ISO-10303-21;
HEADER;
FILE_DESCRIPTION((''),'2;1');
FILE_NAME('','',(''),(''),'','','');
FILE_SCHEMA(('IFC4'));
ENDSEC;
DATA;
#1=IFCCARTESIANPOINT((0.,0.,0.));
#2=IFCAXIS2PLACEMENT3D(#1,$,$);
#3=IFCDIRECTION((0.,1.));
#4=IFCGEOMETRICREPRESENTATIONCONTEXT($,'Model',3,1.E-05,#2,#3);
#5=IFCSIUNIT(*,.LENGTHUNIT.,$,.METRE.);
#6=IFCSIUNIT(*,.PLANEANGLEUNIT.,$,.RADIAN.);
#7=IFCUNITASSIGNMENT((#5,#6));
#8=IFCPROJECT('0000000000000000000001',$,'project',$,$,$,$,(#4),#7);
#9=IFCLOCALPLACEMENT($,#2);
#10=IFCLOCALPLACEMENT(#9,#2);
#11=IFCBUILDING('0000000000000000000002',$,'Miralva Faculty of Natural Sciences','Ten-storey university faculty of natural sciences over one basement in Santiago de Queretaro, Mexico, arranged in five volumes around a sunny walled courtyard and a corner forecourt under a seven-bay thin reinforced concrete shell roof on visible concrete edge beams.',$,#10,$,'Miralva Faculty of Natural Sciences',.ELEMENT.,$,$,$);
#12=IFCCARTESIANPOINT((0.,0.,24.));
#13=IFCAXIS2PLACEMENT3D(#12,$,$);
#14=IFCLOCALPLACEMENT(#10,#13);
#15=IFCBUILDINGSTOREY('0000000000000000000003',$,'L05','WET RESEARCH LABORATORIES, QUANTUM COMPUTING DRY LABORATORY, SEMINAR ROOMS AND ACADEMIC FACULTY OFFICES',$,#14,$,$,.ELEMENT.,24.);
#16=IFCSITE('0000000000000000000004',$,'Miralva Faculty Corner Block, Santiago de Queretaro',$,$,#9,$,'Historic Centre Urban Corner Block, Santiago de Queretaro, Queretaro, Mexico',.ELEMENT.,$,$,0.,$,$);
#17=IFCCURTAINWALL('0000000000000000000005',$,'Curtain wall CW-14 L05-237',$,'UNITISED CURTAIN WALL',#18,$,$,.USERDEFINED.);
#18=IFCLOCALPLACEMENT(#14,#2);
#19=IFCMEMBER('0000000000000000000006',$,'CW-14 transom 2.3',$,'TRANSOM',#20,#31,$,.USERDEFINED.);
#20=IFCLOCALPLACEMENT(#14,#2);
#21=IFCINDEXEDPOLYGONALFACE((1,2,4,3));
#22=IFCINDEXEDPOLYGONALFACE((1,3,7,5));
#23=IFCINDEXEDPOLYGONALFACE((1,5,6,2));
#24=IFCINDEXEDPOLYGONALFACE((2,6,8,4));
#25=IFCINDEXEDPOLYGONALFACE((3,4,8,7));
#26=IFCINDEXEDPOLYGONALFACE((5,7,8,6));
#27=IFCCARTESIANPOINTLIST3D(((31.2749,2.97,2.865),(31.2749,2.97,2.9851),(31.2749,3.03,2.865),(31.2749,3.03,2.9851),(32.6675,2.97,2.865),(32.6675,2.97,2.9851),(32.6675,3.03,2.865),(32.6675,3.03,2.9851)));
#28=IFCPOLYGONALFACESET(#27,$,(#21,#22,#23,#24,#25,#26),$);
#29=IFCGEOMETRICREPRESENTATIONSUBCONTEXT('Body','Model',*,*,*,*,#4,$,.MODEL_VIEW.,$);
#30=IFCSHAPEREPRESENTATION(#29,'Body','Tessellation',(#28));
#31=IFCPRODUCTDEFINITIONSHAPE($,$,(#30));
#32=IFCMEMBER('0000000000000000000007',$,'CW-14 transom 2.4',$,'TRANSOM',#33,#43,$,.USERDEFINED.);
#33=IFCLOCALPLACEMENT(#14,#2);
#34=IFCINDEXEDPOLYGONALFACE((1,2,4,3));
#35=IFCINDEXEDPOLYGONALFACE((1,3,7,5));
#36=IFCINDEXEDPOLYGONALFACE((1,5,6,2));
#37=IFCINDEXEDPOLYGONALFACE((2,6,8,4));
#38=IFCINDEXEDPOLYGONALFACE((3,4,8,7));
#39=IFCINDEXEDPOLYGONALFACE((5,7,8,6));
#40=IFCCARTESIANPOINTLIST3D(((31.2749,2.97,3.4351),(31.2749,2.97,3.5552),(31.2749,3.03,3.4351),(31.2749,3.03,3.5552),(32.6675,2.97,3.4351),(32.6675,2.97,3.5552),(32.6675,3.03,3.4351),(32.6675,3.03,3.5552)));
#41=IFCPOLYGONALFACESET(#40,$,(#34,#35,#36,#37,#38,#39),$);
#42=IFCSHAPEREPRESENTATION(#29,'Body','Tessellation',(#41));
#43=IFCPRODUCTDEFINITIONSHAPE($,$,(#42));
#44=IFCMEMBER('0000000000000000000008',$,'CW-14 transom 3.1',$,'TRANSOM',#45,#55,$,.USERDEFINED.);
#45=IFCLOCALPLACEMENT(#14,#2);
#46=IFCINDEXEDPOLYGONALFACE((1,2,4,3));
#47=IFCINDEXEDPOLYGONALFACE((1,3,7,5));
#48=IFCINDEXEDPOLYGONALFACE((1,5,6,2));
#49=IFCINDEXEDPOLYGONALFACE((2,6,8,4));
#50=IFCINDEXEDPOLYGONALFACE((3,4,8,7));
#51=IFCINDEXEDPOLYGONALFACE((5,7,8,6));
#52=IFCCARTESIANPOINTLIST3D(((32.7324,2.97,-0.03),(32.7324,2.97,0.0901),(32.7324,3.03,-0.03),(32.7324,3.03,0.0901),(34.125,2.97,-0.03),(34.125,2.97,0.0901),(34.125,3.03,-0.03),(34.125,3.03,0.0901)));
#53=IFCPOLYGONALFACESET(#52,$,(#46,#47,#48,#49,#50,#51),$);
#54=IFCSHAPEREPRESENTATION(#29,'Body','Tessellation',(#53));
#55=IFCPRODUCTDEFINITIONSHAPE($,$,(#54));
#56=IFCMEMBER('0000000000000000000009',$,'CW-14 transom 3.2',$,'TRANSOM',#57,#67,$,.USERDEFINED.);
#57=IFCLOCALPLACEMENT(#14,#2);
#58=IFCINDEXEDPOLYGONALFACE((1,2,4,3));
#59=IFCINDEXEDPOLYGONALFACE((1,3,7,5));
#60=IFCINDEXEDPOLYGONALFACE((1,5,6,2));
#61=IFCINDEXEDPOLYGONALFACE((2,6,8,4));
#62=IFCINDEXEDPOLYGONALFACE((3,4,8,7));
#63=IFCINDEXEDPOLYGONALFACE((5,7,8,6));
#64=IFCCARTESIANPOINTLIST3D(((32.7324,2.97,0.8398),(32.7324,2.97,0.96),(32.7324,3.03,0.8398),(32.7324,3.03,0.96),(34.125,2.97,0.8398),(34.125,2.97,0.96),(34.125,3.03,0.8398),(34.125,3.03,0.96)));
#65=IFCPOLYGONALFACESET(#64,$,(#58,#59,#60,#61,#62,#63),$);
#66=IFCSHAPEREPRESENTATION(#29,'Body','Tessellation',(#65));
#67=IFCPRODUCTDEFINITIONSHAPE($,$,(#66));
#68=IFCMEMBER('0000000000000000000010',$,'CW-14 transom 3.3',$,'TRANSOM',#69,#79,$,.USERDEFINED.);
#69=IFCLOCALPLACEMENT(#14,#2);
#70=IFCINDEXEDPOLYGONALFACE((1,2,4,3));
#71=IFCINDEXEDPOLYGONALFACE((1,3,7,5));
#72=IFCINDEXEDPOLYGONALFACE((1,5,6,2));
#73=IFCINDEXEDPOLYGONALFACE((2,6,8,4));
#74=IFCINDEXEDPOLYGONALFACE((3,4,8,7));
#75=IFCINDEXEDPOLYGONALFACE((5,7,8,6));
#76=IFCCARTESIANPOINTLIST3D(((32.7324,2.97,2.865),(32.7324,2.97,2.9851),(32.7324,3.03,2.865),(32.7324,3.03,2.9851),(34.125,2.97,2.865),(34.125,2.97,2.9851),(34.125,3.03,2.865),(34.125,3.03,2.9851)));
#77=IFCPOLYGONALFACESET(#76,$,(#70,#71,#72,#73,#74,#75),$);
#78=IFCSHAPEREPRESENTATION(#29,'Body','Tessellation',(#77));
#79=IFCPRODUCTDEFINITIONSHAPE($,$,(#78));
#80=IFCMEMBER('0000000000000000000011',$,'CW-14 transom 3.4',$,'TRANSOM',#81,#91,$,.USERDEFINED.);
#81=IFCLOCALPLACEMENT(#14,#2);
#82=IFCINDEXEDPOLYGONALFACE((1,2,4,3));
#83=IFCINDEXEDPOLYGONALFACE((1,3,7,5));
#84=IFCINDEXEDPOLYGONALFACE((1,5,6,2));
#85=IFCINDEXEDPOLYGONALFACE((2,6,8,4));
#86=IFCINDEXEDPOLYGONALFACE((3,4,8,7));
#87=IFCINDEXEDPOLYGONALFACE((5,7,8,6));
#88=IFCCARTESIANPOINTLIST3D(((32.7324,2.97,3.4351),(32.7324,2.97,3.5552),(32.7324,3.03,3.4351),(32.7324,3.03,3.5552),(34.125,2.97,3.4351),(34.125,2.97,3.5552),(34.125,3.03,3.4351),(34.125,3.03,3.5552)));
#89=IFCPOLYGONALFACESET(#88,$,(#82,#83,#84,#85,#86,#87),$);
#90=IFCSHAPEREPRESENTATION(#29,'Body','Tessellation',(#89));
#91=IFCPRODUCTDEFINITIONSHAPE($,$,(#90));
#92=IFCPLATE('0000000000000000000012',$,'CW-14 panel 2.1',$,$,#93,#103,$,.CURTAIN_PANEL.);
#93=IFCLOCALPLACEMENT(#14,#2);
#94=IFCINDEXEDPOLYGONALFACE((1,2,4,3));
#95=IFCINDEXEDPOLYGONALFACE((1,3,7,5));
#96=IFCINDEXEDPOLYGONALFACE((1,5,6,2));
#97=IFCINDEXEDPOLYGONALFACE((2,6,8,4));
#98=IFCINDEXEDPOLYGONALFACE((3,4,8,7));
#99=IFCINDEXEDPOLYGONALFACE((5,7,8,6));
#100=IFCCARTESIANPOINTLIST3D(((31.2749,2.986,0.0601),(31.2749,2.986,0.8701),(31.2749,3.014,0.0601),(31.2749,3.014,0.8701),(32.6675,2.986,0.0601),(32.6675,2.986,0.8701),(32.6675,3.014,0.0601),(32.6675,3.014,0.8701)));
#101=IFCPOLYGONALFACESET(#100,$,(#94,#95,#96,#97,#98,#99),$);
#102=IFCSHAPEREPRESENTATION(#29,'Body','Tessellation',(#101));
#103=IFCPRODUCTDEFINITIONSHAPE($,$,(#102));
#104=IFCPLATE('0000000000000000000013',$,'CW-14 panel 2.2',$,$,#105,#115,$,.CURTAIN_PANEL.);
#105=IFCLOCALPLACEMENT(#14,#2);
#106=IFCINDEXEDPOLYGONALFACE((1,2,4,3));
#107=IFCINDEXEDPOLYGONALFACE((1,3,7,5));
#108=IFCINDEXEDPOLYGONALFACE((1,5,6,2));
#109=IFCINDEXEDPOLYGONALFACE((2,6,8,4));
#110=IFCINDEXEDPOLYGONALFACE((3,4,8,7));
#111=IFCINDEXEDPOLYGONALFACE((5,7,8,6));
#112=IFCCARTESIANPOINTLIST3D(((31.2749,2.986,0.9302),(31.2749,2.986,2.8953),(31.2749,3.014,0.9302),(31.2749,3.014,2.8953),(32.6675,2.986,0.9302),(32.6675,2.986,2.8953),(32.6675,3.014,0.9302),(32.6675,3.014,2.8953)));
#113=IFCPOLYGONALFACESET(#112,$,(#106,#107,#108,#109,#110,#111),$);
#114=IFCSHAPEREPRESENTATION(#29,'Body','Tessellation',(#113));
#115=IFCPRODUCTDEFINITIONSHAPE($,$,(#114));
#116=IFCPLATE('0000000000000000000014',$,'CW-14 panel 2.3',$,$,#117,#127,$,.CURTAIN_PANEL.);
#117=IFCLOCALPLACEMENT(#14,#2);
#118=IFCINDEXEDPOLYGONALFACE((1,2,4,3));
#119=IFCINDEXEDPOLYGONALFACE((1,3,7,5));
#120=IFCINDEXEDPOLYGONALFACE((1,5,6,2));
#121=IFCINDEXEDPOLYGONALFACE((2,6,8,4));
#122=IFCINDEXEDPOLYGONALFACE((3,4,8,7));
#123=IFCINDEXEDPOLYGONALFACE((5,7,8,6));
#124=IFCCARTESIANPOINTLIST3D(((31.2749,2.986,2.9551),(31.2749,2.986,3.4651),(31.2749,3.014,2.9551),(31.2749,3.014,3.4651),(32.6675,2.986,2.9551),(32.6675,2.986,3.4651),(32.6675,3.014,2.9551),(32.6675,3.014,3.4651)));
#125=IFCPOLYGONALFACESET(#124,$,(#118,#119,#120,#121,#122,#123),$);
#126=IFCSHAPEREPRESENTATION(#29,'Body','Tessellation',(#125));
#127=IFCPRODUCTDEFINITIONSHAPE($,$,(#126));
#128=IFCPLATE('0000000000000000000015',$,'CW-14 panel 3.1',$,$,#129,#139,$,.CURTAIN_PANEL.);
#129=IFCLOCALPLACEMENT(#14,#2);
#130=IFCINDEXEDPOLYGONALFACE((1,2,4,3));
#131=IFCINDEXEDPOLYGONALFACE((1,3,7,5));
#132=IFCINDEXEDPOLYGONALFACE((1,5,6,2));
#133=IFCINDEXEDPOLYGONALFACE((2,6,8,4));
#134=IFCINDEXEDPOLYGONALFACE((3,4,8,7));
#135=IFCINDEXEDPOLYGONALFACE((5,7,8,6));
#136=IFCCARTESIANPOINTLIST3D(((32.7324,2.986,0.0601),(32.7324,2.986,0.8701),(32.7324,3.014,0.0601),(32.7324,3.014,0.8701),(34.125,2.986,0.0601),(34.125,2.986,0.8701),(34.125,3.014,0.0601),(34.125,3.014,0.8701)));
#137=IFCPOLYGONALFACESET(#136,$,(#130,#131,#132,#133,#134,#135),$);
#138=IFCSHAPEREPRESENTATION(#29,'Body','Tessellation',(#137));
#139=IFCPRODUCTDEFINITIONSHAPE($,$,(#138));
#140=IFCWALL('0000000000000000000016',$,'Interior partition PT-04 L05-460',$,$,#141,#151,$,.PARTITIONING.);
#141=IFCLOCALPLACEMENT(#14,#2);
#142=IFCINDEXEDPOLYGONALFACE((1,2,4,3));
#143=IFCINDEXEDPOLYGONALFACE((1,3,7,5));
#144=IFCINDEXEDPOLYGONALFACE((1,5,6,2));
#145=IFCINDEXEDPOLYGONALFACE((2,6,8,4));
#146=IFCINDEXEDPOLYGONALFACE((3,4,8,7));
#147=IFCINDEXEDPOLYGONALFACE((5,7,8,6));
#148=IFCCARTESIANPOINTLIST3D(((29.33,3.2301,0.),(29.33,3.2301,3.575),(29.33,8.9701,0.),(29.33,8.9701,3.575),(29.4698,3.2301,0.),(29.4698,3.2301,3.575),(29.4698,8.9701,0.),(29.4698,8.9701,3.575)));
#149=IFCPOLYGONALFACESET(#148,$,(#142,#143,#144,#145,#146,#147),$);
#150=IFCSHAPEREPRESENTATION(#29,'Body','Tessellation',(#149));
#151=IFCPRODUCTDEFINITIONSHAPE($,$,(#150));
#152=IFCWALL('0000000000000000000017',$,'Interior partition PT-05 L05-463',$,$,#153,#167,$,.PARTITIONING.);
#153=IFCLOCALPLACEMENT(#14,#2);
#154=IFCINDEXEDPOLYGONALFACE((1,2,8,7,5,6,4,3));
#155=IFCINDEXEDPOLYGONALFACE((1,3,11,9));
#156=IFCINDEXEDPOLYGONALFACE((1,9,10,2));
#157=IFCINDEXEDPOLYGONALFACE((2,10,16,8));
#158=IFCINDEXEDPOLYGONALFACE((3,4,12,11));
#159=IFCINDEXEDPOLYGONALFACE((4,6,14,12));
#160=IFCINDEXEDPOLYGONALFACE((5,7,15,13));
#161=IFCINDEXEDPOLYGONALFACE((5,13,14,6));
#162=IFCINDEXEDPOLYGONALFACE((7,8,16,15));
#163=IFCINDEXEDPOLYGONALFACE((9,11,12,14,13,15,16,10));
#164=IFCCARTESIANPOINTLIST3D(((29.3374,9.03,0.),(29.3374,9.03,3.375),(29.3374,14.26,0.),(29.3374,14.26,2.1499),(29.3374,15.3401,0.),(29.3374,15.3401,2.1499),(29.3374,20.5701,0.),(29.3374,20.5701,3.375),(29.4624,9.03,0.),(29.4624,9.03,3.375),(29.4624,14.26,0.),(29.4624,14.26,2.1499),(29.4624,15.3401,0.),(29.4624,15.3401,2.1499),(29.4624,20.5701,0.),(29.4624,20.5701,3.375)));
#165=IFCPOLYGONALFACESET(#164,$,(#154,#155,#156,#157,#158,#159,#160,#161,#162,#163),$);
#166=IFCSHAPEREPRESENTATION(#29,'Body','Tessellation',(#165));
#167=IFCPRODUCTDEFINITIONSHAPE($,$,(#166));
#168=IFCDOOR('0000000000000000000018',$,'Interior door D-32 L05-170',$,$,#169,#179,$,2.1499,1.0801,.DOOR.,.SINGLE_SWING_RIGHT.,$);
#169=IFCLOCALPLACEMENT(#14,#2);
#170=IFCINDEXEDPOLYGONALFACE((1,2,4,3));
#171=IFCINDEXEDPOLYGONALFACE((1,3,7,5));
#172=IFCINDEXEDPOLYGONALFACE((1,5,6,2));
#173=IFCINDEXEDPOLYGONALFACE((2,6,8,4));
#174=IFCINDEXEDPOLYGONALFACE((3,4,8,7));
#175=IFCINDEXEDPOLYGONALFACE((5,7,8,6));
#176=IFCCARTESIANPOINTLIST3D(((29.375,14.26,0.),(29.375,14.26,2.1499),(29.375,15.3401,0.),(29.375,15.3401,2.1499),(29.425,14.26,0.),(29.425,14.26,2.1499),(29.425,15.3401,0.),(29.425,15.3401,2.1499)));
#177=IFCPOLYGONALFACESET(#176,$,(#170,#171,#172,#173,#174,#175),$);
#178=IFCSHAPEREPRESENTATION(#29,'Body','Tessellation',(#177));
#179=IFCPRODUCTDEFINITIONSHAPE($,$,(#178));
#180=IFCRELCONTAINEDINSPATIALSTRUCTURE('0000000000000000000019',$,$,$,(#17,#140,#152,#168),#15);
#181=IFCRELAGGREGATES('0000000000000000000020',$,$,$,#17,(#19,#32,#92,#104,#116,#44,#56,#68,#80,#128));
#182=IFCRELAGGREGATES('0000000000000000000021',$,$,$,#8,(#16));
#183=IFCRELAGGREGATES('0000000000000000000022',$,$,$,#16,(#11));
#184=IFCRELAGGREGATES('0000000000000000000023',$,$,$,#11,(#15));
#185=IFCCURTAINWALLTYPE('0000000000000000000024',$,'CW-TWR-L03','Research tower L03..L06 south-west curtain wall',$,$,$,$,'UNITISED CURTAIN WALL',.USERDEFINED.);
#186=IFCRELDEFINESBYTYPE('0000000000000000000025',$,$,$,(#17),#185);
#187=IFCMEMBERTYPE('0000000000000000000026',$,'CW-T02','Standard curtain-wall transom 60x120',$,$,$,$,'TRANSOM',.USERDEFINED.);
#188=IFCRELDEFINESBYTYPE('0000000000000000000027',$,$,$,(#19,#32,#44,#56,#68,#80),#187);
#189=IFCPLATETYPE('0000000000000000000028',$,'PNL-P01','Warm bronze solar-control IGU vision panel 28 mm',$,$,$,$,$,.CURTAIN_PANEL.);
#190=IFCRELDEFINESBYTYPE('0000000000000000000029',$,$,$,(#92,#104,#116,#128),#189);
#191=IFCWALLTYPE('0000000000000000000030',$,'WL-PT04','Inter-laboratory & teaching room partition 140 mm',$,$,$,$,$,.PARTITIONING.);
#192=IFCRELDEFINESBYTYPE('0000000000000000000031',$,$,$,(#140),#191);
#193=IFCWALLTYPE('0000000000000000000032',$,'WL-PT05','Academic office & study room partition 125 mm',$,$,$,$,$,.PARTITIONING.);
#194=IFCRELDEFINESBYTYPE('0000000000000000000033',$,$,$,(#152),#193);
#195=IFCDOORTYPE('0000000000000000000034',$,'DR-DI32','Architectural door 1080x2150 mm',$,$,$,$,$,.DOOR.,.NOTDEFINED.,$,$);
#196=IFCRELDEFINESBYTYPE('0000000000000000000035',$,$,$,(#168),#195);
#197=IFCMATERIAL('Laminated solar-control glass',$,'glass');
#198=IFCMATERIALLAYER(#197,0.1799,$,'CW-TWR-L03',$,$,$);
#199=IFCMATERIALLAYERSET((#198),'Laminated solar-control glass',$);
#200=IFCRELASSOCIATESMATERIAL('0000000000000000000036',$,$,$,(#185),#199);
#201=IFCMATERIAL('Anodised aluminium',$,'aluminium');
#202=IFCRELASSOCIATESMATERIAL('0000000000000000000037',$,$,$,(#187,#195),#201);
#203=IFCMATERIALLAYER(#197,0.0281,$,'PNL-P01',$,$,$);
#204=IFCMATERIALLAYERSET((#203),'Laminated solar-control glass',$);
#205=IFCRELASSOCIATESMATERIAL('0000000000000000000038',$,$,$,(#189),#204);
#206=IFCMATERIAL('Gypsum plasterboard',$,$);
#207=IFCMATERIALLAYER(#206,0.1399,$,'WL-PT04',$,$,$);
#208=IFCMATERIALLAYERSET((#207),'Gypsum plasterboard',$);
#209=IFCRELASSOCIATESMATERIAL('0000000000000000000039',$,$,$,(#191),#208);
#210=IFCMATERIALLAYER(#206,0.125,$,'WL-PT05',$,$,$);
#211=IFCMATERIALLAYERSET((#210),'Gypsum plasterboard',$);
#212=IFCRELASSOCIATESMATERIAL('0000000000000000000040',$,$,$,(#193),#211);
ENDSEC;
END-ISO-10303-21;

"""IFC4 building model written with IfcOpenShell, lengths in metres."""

from ifc_helpers import new_model, si_unit, direction, frame, frame_2d, origin, origin_2d, place, context, subcontext, project, spatial, rectangle, extrude, material, layer, layer_set, material_profile, profile_set, type_object, element, fill, aggregate, save


model = new_model("IFC4")

# Units and contexts
model_context = context("Model", 3, precision=1e-05, world=origin(), true_north=direction((0.0, 1.0)))
body_context = subcontext(model_context, "Body", "Model", "MODEL_VIEW")
ifc_project = project(units=[si_unit("LENGTHUNIT", "METRE"), si_unit("PLANEANGLEUNIT", "RADIAN")], contexts=[model_context])

# Site, building, storey
site_placement = place(None, origin())
site = spatial("IfcSite", under=ifc_project, at=site_placement, Name="Miralva Faculty Corner Block, Santiago de Queretaro", LongName="Historic Centre Urban Corner Block, Santiago de Queretaro, Queretaro, Mexico", CompositionType="ELEMENT", RefElevation=0.0)
building_placement = place(site_placement, origin())
building = spatial("IfcBuilding", under=site, at=building_placement, Name="Miralva Faculty of Natural Sciences", Description="Ten-storey university faculty of natural sciences over one basement in Santiago de Queretaro, Mexico, arranged in five volumes around a sunny walled courtyard and a corner forecourt under a seven-bay thin reinforced concrete shell roof on visible concrete edge beams.", LongName="Miralva Faculty of Natural Sciences", CompositionType="ELEMENT")
storey_placement = place(building_placement, frame((0.0, 0.0, 24.0)))
storey = spatial("IfcBuildingStorey", under=building, at=storey_placement, Name="L05", Description="WET RESEARCH LABORATORIES, QUANTUM COMPUTING DRY LABORATORY, SEMINAR ROOMS AND ACADEMIC FACULTY OFFICES", CompositionType="ELEMENT", Elevation=24.0)

# Curtain wall, members, plates
ifc_material_1 = material(Name="Laminated solar-control glass", Category="glass")
ifc_layer_1 = layer(ifc_material_1, 0.1799, Name="CW-TWR-L03")
ifc_layer_set_1 = layer_set([ifc_layer_1], Name="Laminated solar-control glass")
curtain_wall_type = type_object("IfcCurtainWallType", Name="CW-TWR-L03", Description="Research tower L03..L06 south-west curtain wall", ElementType="UNITISED CURTAIN WALL", PredefinedType="USERDEFINED", material=ifc_layer_set_1)
curtain_wall_placement = place(storey_placement, origin())
curtain_wall = element("IfcCurtainWall", 1, at=curtain_wall_placement, inside=storey, type_object=curtain_wall_type, Name="Curtain wall CW-14 L05-237", ObjectType="UNITISED CURTAIN WALL", PredefinedType="USERDEFINED")
ifc_material_2 = material(Name="Anodised aluminium", Category="aluminium")
ifc_material_profile_1 = material_profile(ifc_material_2, rectangle(XDim=0.0601, YDim=0.1201, at=origin_2d()), Name="TRANSOM 60x120")
ifc_profile_set_1 = profile_set([ifc_material_profile_1], Name="Anodised aluminium")
member_type_1 = type_object("IfcMemberType", Name="CW-T02", Description="Standard curtain-wall transom 60x120", ElementType="TRANSOM", PredefinedType="USERDEFINED", material=ifc_profile_set_1)
member_1_placement = place(storey_placement, frame((31.2749, 3.0, 2.925), z_axis=(1.0, 0.0, 0.0), x_axis=(0.0, 1.0, 0.0)))
member_1 = element("IfcMember", 2, at=member_1_placement, type_object=member_type_1, Name="CW-14 transom 2.3", ObjectType="TRANSOM", PredefinedType="USERDEFINED", context=body_context, shape_type="SweptSolid", body=[
    extrude(rectangle(XDim=0.0601, YDim=0.1201, at=origin_2d()), origin(), (0.0, 0.0, 1.0), 1.3926),
])
member_2_placement = place(storey_placement, frame((31.2749, 3.0, 3.4951), z_axis=(1.0, 0.0, 0.0), x_axis=(0.0, 1.0, 0.0)))
member_2 = element("IfcMember", 3, at=member_2_placement, type_object=member_type_1, Name="CW-14 transom 2.4", ObjectType="TRANSOM", PredefinedType="USERDEFINED", context=body_context, shape_type="SweptSolid", body=[
    extrude(rectangle(XDim=0.0601, YDim=0.1201, at=origin_2d()), origin(), (0.0, 0.0, 1.0), 1.3926),
])
member_3_placement = place(storey_placement, frame((32.7324, 3.0, 0.03), z_axis=(1.0, 0.0, 0.0), x_axis=(0.0, 1.0, 0.0)))
member_3 = element("IfcMember", 4, at=member_3_placement, type_object=member_type_1, Name="CW-14 transom 3.1", ObjectType="TRANSOM", PredefinedType="USERDEFINED", context=body_context, shape_type="SweptSolid", body=[
    extrude(rectangle(XDim=0.0601, YDim=0.1201, at=origin_2d()), origin(), (0.0, 0.0, 1.0), 1.3926),
])
member_4_placement = place(storey_placement, frame((32.7324, 3.0, 0.8999), z_axis=(1.0, 0.0, 0.0), x_axis=(0.0, 1.0, 0.0)))
member_4 = element("IfcMember", 5, at=member_4_placement, type_object=member_type_1, Name="CW-14 transom 3.2", ObjectType="TRANSOM", PredefinedType="USERDEFINED", context=body_context, shape_type="SweptSolid", body=[
    extrude(rectangle(XDim=0.0601, YDim=0.1201, at=origin_2d()), origin(), (0.0, 0.0, 1.0), 1.3926),
])
member_5_placement = place(storey_placement, frame((32.7324, 3.0, 2.925), z_axis=(1.0, 0.0, 0.0), x_axis=(0.0, 1.0, 0.0)))
member_5 = element("IfcMember", 6, at=member_5_placement, type_object=member_type_1, Name="CW-14 transom 3.3", ObjectType="TRANSOM", PredefinedType="USERDEFINED", context=body_context, shape_type="SweptSolid", body=[
    extrude(rectangle(XDim=0.0601, YDim=0.1201, at=origin_2d()), origin(), (0.0, 0.0, 1.0), 1.3926),
])
member_6_placement = place(storey_placement, frame((32.7324, 3.0, 3.4951), z_axis=(1.0, 0.0, 0.0), x_axis=(0.0, 1.0, 0.0)))
member_6 = element("IfcMember", 7, at=member_6_placement, type_object=member_type_1, Name="CW-14 transom 3.4", ObjectType="TRANSOM", PredefinedType="USERDEFINED", context=body_context, shape_type="SweptSolid", body=[
    extrude(rectangle(XDim=0.0601, YDim=0.1201, at=origin_2d()), origin(), (0.0, 0.0, 1.0), 1.3926),
])
ifc_layer_2 = layer(ifc_material_1, 0.0281, Name="PNL-P01")
ifc_layer_set_2 = layer_set([ifc_layer_2], Name="Laminated solar-control glass")
plate_type = type_object("IfcPlateType", Name="PNL-P01", Description="Warm bronze solar-control IGU vision panel 28 mm", PredefinedType="CURTAIN_PANEL", material=ifc_layer_set_2)
plate_1_placement = place(storey_placement, frame((31.9712, 3.0, 0.0601), z_axis=(0.0, 0.0, 1.0), x_axis=(1.0, 0.0, 0.0)))
plate_1 = element("IfcPlate", 8, at=plate_1_placement, type_object=plate_type, Name="CW-14 panel 2.1", PredefinedType="CURTAIN_PANEL", context=body_context, shape_type="SweptSolid", body=[
    extrude(rectangle(XDim=1.3926, YDim=0.0281, at=origin_2d()), origin(), (0.0, 0.0, 1.0), 0.8101),
])
plate_2_placement = place(storey_placement, frame((31.9712, 3.0, 0.9302), z_axis=(0.0, 0.0, 1.0), x_axis=(1.0, 0.0, 0.0)))
plate_2 = element("IfcPlate", 9, at=plate_2_placement, type_object=plate_type, Name="CW-14 panel 2.2", PredefinedType="CURTAIN_PANEL", context=body_context, shape_type="SweptSolid", body=[
    extrude(rectangle(XDim=1.3926, YDim=0.0281, at=origin_2d()), origin(), (0.0, 0.0, 1.0), 1.9651),
])
plate_3_placement = place(storey_placement, frame((31.9712, 3.0, 2.9551), z_axis=(0.0, 0.0, 1.0), x_axis=(1.0, 0.0, 0.0)))
plate_3 = element("IfcPlate", 10, at=plate_3_placement, type_object=plate_type, Name="CW-14 panel 2.3", PredefinedType="CURTAIN_PANEL", context=body_context, shape_type="SweptSolid", body=[
    extrude(rectangle(XDim=1.3926, YDim=0.0281, at=origin_2d()), origin(), (0.0, 0.0, 1.0), 0.51),
])
plate_4_placement = place(storey_placement, frame((33.4287, 3.0, 0.0601), z_axis=(0.0, 0.0, 1.0), x_axis=(1.0, 0.0, 0.0)))
plate_4 = element("IfcPlate", 11, at=plate_4_placement, type_object=plate_type, Name="CW-14 panel 3.1", PredefinedType="CURTAIN_PANEL", context=body_context, shape_type="SweptSolid", body=[
    extrude(rectangle(XDim=1.3926, YDim=0.0281, at=origin_2d()), origin(), (0.0, 0.0, 1.0), 0.8101),
])
aggregate(curtain_wall, [member_1, member_2, plate_1, plate_2, plate_3, member_3, member_4, member_5, member_6, plate_4])

# Wall
ifc_material_3 = material(Name="Gypsum plasterboard")
ifc_layer_3 = layer(ifc_material_3, 0.1399, Name="WL-PT04")
ifc_layer_set_3 = layer_set([ifc_layer_3], Name="Gypsum plasterboard")
wall_type_1 = type_object("IfcWallType", Name="WL-PT04", Description="Inter-laboratory & teaching room partition 140 mm", PredefinedType="PARTITIONING", material=ifc_layer_set_3)
wall_1_placement = place(storey_placement, frame((29.3999, 3.23, 0.0), z_axis=(0.0, 0.0, 1.0), x_axis=(0.0, 1.0, 0.0)))
element("IfcWall", 12, at=wall_1_placement, inside=storey, type_object=wall_type_1, Name="Interior partition PT-04 L05-460", PredefinedType="PARTITIONING", context=body_context, shape_type="SweptSolid", body=[
    extrude(rectangle(XDim=5.74, YDim=0.1399, at=frame_2d((2.8701, 0.0))), origin(), (0.0, 0.0, 1.0), 3.575),
])

# Wall, opening, door
ifc_layer_4 = layer(ifc_material_3, 0.125, Name="WL-PT05")
ifc_layer_set_4 = layer_set([ifc_layer_4], Name="Gypsum plasterboard")
wall_type_2 = type_object("IfcWallType", Name="WL-PT05", Description="Academic office & study room partition 125 mm", PredefinedType="PARTITIONING", material=ifc_layer_set_4)
wall_2_placement = place(storey_placement, frame((29.3999, 9.03, 0.0), z_axis=(0.0, 0.0, 1.0), x_axis=(0.0, 1.0, 0.0)))
wall_2 = element("IfcWall", 13, at=wall_2_placement, inside=storey, type_object=wall_type_2, Name="Interior partition PT-05 L05-463", PredefinedType="PARTITIONING", context=body_context, shape_type="SweptSolid", body=[
    extrude(rectangle(XDim=11.54, YDim=0.125, at=frame_2d((5.77, 0.0))), origin(), (0.0, 0.0, 1.0), 3.375),
])
opening_1_placement = place(wall_2_placement, frame((5.23, 0.0, 0.0)))
opening_1 = element("IfcOpeningElement", 14, at=opening_1_placement, cuts=wall_2, PredefinedType="OPENING", context=body_context, shape_type="SweptSolid", body=[
    extrude(rectangle(XDim=1.0801, YDim=2.1499, at=frame_2d((0.54, 1.075))), frame((0.0, 0.0725, 0.0), z_axis=(0.0, -1.0, 0.0), x_axis=(1.0, 0.0, 0.0)), (0.0, 0.0, 1.0), 0.145),
])
door_type = type_object("IfcDoorType", Name="DR-DI32", Description="Architectural door 1080x2150 mm", OperationType="NOTDEFINED", PredefinedType="DOOR", material=ifc_material_2)
door_placement = place(opening_1_placement, origin())
door = element("IfcDoor", 15, at=door_placement, inside=storey, type_object=door_type, Name="Interior door D-32 L05-170", OperationType="SINGLE_SWING_RIGHT", OverallHeight=2.1499, OverallWidth=1.0801, PredefinedType="DOOR", context=body_context, shape_type="SweptSolid", body=[
    extrude(rectangle(XDim=1.0801, YDim=2.1499, at=frame_2d((0.54, 1.075))), frame((0.0, 0.0249, 0.0), z_axis=(0.0, -1.0, 0.0), x_axis=(1.0, 0.0, 0.0)), (0.0, 0.0, 1.0), 0.05),
])
fill(opening_1, door)

save(model, "model.ifc")
